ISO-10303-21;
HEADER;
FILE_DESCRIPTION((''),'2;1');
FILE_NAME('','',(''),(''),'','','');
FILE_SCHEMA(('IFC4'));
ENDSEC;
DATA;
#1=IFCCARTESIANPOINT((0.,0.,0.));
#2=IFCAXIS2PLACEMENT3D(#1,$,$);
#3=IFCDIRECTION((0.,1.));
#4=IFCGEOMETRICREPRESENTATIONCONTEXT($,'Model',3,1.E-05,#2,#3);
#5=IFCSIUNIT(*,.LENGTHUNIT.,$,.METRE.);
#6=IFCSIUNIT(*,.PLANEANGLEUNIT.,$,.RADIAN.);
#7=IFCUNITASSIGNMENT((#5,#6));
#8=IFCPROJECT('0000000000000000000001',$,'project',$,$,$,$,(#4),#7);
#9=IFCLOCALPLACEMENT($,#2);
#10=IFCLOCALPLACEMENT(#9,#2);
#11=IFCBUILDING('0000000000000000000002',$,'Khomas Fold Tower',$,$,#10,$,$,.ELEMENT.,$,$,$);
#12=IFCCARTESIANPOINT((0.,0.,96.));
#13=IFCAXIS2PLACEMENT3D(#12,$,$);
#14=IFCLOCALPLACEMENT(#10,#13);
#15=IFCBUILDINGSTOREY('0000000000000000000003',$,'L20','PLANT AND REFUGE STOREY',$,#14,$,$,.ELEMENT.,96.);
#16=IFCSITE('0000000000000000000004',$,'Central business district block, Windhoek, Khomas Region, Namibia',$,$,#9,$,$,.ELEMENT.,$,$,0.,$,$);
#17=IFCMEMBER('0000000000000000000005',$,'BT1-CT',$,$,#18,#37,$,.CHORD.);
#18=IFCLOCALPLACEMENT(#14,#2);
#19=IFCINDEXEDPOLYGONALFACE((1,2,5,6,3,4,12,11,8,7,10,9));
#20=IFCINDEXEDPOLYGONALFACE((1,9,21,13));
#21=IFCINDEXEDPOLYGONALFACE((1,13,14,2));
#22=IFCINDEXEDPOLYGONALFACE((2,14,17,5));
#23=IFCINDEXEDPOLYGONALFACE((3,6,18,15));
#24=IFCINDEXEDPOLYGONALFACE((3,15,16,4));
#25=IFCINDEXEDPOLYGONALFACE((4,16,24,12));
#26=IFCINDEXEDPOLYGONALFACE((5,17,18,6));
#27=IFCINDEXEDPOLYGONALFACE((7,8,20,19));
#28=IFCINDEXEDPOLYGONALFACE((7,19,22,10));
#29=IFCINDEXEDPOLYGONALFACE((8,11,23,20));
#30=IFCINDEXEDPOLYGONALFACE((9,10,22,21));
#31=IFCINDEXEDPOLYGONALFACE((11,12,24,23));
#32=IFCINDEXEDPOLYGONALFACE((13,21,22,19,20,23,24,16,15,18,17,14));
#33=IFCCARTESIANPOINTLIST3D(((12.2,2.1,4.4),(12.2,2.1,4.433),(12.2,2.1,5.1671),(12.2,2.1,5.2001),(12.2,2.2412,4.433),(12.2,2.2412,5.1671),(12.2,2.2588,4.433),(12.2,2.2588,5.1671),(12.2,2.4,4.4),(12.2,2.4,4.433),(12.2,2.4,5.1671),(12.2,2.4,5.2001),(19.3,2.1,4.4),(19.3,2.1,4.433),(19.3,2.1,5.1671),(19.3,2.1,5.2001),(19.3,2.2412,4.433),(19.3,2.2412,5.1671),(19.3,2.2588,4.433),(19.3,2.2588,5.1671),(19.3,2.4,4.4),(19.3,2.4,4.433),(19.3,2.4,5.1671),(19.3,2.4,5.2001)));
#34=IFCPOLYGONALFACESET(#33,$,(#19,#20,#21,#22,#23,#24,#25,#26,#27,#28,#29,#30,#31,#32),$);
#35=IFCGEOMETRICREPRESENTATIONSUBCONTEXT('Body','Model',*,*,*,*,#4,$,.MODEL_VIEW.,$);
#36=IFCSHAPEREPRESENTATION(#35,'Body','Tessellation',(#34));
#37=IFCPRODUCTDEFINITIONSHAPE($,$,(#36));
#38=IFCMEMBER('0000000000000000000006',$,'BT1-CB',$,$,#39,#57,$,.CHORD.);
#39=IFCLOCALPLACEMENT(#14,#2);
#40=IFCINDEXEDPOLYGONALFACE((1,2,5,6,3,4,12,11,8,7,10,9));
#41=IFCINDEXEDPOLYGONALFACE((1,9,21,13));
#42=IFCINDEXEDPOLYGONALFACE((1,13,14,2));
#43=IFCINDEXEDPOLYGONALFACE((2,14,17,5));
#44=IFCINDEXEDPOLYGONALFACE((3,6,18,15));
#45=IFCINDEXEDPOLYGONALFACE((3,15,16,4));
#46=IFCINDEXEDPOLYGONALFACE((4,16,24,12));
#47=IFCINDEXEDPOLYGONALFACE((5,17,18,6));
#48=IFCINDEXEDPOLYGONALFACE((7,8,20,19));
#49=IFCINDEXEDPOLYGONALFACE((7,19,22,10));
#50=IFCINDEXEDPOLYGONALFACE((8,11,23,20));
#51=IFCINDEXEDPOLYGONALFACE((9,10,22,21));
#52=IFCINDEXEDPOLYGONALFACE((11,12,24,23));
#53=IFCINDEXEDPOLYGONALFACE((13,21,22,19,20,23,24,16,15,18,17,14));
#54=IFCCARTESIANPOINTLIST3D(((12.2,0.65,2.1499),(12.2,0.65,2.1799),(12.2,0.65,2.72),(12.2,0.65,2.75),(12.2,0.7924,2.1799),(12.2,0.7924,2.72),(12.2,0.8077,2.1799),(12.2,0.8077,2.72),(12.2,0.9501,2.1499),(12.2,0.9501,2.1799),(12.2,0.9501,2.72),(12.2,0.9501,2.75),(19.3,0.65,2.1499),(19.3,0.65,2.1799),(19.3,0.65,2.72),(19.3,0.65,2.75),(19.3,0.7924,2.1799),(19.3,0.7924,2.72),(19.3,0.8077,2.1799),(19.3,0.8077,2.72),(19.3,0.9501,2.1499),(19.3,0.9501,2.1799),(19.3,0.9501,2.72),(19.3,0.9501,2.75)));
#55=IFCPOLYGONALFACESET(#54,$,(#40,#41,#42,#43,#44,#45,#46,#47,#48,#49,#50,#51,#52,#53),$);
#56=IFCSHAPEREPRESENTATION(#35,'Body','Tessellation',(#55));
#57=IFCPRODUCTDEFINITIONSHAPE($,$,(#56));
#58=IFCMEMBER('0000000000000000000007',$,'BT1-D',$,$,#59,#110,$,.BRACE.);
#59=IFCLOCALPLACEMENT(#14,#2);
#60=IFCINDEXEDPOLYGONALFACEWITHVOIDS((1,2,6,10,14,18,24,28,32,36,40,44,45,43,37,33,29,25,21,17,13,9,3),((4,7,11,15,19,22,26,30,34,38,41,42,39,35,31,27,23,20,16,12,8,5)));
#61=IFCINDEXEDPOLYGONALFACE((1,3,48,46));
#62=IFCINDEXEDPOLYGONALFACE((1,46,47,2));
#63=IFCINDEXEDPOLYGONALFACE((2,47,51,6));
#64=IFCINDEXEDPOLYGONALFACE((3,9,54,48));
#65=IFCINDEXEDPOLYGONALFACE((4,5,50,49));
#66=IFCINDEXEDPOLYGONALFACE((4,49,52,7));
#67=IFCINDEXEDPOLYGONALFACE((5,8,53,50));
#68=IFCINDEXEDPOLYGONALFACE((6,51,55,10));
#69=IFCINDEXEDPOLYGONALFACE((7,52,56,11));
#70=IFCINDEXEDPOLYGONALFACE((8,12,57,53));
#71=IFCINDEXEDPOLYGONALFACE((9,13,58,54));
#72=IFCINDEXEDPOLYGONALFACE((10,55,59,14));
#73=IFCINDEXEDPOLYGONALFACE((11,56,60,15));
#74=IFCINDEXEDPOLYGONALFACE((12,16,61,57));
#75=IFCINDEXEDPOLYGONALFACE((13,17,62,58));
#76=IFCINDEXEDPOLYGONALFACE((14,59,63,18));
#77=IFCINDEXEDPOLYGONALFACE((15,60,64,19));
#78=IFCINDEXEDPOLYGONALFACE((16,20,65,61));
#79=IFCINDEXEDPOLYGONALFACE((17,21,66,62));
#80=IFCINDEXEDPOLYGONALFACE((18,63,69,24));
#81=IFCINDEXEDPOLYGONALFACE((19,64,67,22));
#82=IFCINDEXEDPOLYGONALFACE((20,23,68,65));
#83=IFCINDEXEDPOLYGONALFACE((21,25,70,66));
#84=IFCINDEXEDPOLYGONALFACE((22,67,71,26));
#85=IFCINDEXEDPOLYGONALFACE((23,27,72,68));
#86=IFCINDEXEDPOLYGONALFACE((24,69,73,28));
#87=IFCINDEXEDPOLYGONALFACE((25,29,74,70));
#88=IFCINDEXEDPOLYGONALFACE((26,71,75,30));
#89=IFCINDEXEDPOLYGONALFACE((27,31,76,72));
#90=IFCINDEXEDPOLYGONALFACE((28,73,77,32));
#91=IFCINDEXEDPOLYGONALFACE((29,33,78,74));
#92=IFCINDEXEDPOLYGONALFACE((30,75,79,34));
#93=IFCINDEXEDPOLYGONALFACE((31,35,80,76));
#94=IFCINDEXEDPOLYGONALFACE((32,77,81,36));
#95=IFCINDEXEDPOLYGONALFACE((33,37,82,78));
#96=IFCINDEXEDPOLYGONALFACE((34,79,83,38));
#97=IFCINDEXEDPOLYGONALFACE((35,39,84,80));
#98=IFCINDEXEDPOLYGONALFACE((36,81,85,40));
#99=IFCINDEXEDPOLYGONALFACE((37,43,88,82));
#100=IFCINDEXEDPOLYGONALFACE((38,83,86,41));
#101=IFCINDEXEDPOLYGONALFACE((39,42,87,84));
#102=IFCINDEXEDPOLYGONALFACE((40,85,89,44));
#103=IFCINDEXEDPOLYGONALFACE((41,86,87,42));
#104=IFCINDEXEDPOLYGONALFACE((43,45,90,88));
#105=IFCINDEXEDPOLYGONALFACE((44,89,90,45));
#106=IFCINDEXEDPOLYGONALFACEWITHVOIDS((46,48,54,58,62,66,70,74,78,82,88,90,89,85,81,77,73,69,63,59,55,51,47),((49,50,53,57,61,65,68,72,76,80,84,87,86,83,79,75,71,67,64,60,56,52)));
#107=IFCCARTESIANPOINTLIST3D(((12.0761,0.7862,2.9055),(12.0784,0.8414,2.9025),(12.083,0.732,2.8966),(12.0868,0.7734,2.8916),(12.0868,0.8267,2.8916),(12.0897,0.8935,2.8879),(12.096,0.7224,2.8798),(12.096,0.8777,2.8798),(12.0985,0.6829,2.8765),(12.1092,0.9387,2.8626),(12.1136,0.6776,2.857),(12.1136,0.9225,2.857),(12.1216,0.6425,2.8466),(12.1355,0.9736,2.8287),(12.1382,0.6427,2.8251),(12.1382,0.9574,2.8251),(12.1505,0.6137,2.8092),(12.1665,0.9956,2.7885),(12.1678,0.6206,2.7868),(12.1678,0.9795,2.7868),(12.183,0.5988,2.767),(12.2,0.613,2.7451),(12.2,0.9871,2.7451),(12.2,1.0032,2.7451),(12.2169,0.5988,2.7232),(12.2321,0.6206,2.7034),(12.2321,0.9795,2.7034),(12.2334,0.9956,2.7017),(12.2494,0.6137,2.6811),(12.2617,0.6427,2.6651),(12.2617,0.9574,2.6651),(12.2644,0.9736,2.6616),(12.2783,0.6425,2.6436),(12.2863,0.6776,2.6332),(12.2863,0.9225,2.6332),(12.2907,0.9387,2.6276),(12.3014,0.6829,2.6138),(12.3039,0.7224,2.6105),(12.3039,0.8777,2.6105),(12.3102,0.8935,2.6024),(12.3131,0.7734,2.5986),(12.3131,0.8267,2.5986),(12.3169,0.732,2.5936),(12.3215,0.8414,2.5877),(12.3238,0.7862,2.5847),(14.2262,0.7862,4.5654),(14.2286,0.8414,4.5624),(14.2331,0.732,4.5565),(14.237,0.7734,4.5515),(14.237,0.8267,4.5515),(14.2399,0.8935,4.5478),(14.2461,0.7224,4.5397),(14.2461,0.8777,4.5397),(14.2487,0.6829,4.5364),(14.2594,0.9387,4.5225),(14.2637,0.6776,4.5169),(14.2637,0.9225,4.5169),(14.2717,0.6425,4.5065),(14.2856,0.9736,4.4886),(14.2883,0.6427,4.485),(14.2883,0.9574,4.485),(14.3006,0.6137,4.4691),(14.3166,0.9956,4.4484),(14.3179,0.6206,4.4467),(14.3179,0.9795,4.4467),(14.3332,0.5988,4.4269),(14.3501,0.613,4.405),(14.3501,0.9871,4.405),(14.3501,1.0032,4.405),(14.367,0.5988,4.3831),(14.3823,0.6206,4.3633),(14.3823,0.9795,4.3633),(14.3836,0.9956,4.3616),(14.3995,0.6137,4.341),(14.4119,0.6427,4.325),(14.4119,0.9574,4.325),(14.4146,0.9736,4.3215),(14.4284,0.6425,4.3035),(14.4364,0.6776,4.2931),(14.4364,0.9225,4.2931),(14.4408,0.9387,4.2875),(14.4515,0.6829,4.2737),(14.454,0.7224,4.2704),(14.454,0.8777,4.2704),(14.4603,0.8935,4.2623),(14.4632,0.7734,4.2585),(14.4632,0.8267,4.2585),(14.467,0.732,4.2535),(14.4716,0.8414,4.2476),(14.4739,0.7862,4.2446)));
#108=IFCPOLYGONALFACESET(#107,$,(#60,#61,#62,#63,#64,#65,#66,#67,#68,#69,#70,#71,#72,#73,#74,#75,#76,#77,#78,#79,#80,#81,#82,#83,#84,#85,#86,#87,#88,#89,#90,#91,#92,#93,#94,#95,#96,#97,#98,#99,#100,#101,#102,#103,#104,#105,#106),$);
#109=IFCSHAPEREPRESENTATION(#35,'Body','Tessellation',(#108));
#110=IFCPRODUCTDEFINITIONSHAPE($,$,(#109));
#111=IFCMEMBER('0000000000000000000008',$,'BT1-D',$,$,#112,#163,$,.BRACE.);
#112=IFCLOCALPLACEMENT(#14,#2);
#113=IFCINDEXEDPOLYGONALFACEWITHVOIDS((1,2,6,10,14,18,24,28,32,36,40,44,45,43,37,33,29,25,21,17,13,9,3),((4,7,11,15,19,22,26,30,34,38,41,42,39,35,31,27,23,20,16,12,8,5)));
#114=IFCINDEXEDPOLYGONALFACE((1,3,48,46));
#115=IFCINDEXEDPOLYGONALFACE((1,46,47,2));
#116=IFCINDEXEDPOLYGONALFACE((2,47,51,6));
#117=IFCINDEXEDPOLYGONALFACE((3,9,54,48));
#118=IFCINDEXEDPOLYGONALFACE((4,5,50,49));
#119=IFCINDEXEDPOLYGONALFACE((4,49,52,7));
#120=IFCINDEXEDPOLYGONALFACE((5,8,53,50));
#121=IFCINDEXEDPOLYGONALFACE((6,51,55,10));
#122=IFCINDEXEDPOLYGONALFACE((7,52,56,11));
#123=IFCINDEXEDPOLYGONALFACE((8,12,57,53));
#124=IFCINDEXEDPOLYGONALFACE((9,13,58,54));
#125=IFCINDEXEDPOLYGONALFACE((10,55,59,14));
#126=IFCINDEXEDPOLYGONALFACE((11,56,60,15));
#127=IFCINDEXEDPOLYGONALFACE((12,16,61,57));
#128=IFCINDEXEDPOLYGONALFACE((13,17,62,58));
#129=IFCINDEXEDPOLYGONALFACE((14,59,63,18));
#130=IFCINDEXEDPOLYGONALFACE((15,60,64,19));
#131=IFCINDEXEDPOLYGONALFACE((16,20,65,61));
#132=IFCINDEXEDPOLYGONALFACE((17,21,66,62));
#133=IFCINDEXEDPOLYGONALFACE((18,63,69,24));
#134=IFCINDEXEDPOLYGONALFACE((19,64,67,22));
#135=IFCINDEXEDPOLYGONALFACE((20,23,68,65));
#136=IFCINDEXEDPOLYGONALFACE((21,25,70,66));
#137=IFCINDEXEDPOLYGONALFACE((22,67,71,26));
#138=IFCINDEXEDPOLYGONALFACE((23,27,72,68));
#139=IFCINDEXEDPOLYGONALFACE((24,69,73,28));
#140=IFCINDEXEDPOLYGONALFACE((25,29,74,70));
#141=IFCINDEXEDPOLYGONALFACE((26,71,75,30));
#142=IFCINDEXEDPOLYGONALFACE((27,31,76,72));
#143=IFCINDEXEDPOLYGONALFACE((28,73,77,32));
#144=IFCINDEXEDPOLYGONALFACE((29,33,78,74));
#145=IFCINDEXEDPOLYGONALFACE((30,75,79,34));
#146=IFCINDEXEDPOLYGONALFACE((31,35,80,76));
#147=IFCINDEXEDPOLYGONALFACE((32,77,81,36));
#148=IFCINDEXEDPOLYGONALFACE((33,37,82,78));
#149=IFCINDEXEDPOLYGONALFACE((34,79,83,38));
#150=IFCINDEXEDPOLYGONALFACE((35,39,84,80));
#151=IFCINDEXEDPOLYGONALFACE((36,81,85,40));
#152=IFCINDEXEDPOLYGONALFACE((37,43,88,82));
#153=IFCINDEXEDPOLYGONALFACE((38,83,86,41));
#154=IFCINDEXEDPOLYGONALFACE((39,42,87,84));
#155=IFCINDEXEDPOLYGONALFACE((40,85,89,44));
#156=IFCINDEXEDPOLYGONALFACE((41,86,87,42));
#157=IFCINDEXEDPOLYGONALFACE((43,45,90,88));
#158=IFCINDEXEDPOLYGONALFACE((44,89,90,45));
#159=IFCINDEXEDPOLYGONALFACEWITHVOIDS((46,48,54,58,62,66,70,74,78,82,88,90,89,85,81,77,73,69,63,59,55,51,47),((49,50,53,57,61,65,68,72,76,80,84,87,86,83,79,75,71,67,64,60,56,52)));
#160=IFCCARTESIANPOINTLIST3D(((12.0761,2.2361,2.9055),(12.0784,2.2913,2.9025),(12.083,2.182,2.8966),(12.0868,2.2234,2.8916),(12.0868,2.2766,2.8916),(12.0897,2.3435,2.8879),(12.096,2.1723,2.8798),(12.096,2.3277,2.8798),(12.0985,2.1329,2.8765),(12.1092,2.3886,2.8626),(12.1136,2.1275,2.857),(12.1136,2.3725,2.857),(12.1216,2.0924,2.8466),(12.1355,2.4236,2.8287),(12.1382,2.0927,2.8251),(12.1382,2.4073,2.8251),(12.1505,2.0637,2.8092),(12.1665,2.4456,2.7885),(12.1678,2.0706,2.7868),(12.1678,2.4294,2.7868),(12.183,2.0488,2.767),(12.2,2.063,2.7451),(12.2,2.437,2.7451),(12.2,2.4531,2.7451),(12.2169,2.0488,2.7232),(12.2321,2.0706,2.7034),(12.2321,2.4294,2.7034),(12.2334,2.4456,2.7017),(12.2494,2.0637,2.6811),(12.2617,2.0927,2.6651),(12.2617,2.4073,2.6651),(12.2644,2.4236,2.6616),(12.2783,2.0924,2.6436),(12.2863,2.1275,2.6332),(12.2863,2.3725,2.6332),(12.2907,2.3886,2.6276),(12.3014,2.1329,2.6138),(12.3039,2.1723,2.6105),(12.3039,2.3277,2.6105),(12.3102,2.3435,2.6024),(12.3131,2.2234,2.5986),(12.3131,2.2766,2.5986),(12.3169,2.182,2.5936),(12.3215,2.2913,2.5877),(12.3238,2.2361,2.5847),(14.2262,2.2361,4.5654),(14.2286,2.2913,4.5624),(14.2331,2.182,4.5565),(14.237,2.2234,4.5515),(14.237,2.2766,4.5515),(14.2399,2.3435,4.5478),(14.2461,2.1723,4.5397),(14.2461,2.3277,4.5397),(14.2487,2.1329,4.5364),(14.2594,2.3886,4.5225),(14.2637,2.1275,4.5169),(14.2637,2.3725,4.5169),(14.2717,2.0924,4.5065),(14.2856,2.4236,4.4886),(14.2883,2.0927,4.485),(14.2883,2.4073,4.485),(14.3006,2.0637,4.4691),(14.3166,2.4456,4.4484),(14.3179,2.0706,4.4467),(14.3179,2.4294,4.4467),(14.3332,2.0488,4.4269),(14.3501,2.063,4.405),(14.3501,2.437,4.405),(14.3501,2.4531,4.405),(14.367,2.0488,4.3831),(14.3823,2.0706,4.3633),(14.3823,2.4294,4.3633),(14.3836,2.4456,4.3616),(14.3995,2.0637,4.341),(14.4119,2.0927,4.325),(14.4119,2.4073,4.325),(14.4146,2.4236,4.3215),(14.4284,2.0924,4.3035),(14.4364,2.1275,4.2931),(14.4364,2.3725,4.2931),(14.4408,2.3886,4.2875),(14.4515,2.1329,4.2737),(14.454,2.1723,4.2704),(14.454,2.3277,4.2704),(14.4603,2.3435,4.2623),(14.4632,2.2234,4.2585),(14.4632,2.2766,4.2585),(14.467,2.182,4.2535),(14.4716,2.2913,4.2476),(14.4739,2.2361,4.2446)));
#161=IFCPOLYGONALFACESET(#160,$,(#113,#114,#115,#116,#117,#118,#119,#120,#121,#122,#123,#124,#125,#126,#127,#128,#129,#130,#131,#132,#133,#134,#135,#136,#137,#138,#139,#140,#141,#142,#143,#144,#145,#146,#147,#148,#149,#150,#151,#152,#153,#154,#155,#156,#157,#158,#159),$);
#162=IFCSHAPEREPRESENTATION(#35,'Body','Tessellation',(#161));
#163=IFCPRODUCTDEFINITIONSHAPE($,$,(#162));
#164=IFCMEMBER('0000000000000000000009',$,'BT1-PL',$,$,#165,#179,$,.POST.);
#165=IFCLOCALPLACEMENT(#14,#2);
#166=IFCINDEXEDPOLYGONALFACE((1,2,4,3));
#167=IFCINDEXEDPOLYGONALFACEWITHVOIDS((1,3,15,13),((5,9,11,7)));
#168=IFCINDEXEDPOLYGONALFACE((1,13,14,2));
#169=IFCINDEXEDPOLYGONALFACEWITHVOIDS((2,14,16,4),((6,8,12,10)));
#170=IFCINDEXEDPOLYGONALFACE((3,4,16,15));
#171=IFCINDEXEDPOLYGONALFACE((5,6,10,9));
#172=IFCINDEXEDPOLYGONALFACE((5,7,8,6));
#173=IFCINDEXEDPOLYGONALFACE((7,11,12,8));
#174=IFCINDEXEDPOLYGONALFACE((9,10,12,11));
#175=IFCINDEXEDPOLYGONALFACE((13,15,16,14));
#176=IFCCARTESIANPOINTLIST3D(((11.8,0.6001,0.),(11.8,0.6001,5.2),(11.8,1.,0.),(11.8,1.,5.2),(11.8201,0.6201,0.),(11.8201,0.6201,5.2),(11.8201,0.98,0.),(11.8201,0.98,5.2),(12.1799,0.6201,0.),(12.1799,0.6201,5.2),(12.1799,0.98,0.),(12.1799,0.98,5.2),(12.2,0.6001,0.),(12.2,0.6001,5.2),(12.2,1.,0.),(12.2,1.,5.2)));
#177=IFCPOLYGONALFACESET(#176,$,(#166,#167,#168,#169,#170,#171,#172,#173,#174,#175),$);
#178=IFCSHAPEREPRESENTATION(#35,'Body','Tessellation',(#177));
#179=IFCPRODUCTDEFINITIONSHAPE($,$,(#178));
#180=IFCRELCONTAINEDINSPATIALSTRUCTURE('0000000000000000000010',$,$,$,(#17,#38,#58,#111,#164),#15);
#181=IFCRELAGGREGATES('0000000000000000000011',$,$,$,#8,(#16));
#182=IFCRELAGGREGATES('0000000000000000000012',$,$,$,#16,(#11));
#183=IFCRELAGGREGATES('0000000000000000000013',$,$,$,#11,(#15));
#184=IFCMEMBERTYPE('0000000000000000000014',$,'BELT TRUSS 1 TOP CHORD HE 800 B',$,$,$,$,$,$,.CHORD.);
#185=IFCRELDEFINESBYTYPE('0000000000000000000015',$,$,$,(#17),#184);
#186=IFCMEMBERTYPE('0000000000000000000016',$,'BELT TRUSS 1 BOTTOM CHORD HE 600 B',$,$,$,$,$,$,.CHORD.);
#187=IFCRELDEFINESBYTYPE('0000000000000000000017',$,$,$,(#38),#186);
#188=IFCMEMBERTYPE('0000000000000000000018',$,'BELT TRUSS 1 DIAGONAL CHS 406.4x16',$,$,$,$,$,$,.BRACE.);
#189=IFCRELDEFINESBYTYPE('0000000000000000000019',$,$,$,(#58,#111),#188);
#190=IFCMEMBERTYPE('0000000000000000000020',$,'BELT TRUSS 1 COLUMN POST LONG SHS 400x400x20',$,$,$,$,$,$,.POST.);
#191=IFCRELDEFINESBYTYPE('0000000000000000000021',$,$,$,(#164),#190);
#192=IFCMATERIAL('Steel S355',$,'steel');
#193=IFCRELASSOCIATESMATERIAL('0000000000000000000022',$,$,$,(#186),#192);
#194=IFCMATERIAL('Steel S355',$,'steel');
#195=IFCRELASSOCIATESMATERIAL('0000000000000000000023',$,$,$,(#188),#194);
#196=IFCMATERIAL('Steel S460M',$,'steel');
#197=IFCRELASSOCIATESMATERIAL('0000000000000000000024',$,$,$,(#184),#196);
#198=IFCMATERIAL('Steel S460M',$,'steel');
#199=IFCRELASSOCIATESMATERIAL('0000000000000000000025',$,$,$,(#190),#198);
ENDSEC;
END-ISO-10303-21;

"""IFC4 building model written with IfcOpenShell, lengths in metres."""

from ifc_helpers import new_model, si_unit, direction, frame, origin, origin_2d, place, context, subcontext, project, spatial, hollow_rectangle, hollow_circle, i_section, extrude, source, transform, mapped, material, material_profile, profile_set, type_object, element, save


model = new_model("IFC4")

# Units and contexts
model_context = context("Model", 3, precision=1e-05, world=origin(), true_north=direction((0.0, 1.0)))
body_context = subcontext(model_context, "Body", "Model", "MODEL_VIEW")
ifc_project = project(units=[si_unit("LENGTHUNIT", "METRE"), si_unit("PLANEANGLEUNIT", "RADIAN")], contexts=[model_context])

# Site, building, storey
site_placement = place(None, origin())
site = spatial("IfcSite", under=ifc_project, at=site_placement, Name="Central business district block, Windhoek, Khomas Region, Namibia", CompositionType="ELEMENT", RefElevation=0.0)
building_placement = place(site_placement, origin())
building = spatial("IfcBuilding", under=site, at=building_placement, Name="Khomas Fold Tower", CompositionType="ELEMENT")
storey_placement = place(building_placement, frame((0.0, 0.0, 96.0)))
storey = spatial("IfcBuildingStorey", under=building, at=storey_placement, Name="L20", Description="PLANT AND REFUGE STOREY", CompositionType="ELEMENT", Elevation=96.0)

# Members
ifc_material_1 = material(Name="Steel S355", Category="steel")
ifc_material_profile_1 = material_profile(ifc_material_1, i_section(OverallWidth=0.3, OverallDepth=0.6001, WebThickness=0.0154, FlangeThickness=0.03, at=origin_2d()), Name="HE 600 B")
ifc_profile_set_1 = profile_set([ifc_material_profile_1], Name="Steel S355")
member_type_1 = type_object("IfcMemberType", Name="BELT TRUSS 1 BOTTOM CHORD HE 600 B", PredefinedType="CHORD", material=ifc_profile_set_1)
ifc_material_2 = material(Name="Steel S355", Category="steel")
ifc_material_profile_2 = material_profile(ifc_material_2, hollow_circle(Radius=0.2031, WallThickness=0.0161, at=origin_2d()), Name="CHS 406.4x16")
ifc_profile_set_2 = profile_set([ifc_material_profile_2], Name="Steel S355")
member_type_2 = type_object("IfcMemberType", Name="BELT TRUSS 1 DIAGONAL CHS 406.4x16", PredefinedType="BRACE", material=ifc_profile_set_2)
ifc_material_3 = material(Name="Steel S460M", Category="steel")
ifc_material_profile_3 = material_profile(ifc_material_3, i_section(OverallWidth=0.3, OverallDepth=0.8, WebThickness=0.0176, FlangeThickness=0.033, at=origin_2d()), Name="HE 800 B")
ifc_profile_set_3 = profile_set([ifc_material_profile_3], Name="Steel S460M")
member_type_3 = type_object("IfcMemberType", Name="BELT TRUSS 1 TOP CHORD HE 800 B", PredefinedType="CHORD", material=ifc_profile_set_3)
shared_shape_1 = source(origin(), body_context, "Body", "SweptSolid", [
    extrude(i_section(OverallWidth=0.3, OverallDepth=0.8, WebThickness=0.0176, FlangeThickness=0.033, at=origin_2d()), origin(), (0.0, 0.0, 1.0), 7.1001),
])
for number, where, z_axis, x_axis, name in (
    (1, (12.2, 2.25, 4.8), (1.0, 0.0, 0.0), (0.0, 1.0, 0.0), "BT1-CT"),
):
    element("IfcMember", number, at=place(storey_placement, frame(where, z_axis=z_axis, x_axis=x_axis)), inside=storey, type_object=member_type_3, Name=name, PredefinedType="CHORD", context=body_context, shape_type="MappedRepresentation", body=[
        mapped(shared_shape_1, transform((0.0, 0.0, 0.0))),
    ])
shared_shape_2 = source(origin(), body_context, "Body", "SweptSolid", [
    extrude(i_section(OverallWidth=0.3, OverallDepth=0.6001, WebThickness=0.0154, FlangeThickness=0.03, at=origin_2d()), origin(), (0.0, 0.0, 1.0), 7.1001),
])
member_1_placement = place(storey_placement, frame((12.2, 0.8, 2.45), z_axis=(1.0, 0.0, 0.0), x_axis=(0.0, 1.0, 0.0)))
element("IfcMember", 2, at=member_1_placement, inside=storey, type_object=member_type_1, Name="BT1-CB", PredefinedType="CHORD", context=body_context, shape_type="MappedRepresentation", body=[
    mapped(shared_shape_2, transform((0.0, 0.0, 0.0))),
])
shared_shape_3 = source(origin(), body_context, "Body", "SweptSolid", [
    extrude(hollow_circle(Radius=0.2031, WallThickness=0.0161, at=origin_2d()), origin(), (0.0, 0.0, 1.0), 2.7163),
])
for number, where, z_axis, x_axis, name in (
    (3, (12.2, 0.8, 2.7451), (0.791564, 0.0, 0.611087), (0.0, 1.0, 0.0), "BT1-D"),
    (4, (12.2, 2.25, 2.7451), (0.791564, 0.0, 0.611087), (0.0, 1.0, 0.0), "BT1-D"),
):
    element("IfcMember", number, at=place(storey_placement, frame(where, z_axis=z_axis, x_axis=x_axis)), inside=storey, type_object=member_type_2, Name=name, PredefinedType="BRACE", context=body_context, shape_type="MappedRepresentation", body=[
        mapped(shared_shape_3, transform((0.0, 0.0, 0.0))),
    ])
ifc_material_4 = material(Name="Steel S460M", Category="steel")
ifc_material_profile_4 = material_profile(ifc_material_4, hollow_rectangle(XDim=0.3999, YDim=0.3999, WallThickness=0.02, at=origin_2d()), Name="SHS 400x400x20")
ifc_profile_set_4 = profile_set([ifc_material_profile_4], Name="Steel S460M")
member_type_4 = type_object("IfcMemberType", Name="BELT TRUSS 1 COLUMN POST LONG SHS 400x400x20", PredefinedType="POST", material=ifc_profile_set_4)
shared_shape_4 = source(origin(), body_context, "Body", "SweptSolid", [
    extrude(hollow_rectangle(XDim=0.3999, YDim=0.3999, WallThickness=0.02, at=origin_2d()), origin(), (0.0, 0.0, 1.0), 5.2),
])
member_2_placement = place(storey_placement, frame((12.0, 0.8, 0.0), z_axis=(0.0, 0.0, 1.0), x_axis=(1.0, 0.0, 0.0)))
element("IfcMember", 5, at=member_2_placement, inside=storey, type_object=member_type_4, Name="BT1-PL", PredefinedType="POST", context=body_context, shape_type="MappedRepresentation", body=[
    mapped(shared_shape_4, transform((0.0, 0.0, 0.0))),
])

save(model, "model.ifc")
